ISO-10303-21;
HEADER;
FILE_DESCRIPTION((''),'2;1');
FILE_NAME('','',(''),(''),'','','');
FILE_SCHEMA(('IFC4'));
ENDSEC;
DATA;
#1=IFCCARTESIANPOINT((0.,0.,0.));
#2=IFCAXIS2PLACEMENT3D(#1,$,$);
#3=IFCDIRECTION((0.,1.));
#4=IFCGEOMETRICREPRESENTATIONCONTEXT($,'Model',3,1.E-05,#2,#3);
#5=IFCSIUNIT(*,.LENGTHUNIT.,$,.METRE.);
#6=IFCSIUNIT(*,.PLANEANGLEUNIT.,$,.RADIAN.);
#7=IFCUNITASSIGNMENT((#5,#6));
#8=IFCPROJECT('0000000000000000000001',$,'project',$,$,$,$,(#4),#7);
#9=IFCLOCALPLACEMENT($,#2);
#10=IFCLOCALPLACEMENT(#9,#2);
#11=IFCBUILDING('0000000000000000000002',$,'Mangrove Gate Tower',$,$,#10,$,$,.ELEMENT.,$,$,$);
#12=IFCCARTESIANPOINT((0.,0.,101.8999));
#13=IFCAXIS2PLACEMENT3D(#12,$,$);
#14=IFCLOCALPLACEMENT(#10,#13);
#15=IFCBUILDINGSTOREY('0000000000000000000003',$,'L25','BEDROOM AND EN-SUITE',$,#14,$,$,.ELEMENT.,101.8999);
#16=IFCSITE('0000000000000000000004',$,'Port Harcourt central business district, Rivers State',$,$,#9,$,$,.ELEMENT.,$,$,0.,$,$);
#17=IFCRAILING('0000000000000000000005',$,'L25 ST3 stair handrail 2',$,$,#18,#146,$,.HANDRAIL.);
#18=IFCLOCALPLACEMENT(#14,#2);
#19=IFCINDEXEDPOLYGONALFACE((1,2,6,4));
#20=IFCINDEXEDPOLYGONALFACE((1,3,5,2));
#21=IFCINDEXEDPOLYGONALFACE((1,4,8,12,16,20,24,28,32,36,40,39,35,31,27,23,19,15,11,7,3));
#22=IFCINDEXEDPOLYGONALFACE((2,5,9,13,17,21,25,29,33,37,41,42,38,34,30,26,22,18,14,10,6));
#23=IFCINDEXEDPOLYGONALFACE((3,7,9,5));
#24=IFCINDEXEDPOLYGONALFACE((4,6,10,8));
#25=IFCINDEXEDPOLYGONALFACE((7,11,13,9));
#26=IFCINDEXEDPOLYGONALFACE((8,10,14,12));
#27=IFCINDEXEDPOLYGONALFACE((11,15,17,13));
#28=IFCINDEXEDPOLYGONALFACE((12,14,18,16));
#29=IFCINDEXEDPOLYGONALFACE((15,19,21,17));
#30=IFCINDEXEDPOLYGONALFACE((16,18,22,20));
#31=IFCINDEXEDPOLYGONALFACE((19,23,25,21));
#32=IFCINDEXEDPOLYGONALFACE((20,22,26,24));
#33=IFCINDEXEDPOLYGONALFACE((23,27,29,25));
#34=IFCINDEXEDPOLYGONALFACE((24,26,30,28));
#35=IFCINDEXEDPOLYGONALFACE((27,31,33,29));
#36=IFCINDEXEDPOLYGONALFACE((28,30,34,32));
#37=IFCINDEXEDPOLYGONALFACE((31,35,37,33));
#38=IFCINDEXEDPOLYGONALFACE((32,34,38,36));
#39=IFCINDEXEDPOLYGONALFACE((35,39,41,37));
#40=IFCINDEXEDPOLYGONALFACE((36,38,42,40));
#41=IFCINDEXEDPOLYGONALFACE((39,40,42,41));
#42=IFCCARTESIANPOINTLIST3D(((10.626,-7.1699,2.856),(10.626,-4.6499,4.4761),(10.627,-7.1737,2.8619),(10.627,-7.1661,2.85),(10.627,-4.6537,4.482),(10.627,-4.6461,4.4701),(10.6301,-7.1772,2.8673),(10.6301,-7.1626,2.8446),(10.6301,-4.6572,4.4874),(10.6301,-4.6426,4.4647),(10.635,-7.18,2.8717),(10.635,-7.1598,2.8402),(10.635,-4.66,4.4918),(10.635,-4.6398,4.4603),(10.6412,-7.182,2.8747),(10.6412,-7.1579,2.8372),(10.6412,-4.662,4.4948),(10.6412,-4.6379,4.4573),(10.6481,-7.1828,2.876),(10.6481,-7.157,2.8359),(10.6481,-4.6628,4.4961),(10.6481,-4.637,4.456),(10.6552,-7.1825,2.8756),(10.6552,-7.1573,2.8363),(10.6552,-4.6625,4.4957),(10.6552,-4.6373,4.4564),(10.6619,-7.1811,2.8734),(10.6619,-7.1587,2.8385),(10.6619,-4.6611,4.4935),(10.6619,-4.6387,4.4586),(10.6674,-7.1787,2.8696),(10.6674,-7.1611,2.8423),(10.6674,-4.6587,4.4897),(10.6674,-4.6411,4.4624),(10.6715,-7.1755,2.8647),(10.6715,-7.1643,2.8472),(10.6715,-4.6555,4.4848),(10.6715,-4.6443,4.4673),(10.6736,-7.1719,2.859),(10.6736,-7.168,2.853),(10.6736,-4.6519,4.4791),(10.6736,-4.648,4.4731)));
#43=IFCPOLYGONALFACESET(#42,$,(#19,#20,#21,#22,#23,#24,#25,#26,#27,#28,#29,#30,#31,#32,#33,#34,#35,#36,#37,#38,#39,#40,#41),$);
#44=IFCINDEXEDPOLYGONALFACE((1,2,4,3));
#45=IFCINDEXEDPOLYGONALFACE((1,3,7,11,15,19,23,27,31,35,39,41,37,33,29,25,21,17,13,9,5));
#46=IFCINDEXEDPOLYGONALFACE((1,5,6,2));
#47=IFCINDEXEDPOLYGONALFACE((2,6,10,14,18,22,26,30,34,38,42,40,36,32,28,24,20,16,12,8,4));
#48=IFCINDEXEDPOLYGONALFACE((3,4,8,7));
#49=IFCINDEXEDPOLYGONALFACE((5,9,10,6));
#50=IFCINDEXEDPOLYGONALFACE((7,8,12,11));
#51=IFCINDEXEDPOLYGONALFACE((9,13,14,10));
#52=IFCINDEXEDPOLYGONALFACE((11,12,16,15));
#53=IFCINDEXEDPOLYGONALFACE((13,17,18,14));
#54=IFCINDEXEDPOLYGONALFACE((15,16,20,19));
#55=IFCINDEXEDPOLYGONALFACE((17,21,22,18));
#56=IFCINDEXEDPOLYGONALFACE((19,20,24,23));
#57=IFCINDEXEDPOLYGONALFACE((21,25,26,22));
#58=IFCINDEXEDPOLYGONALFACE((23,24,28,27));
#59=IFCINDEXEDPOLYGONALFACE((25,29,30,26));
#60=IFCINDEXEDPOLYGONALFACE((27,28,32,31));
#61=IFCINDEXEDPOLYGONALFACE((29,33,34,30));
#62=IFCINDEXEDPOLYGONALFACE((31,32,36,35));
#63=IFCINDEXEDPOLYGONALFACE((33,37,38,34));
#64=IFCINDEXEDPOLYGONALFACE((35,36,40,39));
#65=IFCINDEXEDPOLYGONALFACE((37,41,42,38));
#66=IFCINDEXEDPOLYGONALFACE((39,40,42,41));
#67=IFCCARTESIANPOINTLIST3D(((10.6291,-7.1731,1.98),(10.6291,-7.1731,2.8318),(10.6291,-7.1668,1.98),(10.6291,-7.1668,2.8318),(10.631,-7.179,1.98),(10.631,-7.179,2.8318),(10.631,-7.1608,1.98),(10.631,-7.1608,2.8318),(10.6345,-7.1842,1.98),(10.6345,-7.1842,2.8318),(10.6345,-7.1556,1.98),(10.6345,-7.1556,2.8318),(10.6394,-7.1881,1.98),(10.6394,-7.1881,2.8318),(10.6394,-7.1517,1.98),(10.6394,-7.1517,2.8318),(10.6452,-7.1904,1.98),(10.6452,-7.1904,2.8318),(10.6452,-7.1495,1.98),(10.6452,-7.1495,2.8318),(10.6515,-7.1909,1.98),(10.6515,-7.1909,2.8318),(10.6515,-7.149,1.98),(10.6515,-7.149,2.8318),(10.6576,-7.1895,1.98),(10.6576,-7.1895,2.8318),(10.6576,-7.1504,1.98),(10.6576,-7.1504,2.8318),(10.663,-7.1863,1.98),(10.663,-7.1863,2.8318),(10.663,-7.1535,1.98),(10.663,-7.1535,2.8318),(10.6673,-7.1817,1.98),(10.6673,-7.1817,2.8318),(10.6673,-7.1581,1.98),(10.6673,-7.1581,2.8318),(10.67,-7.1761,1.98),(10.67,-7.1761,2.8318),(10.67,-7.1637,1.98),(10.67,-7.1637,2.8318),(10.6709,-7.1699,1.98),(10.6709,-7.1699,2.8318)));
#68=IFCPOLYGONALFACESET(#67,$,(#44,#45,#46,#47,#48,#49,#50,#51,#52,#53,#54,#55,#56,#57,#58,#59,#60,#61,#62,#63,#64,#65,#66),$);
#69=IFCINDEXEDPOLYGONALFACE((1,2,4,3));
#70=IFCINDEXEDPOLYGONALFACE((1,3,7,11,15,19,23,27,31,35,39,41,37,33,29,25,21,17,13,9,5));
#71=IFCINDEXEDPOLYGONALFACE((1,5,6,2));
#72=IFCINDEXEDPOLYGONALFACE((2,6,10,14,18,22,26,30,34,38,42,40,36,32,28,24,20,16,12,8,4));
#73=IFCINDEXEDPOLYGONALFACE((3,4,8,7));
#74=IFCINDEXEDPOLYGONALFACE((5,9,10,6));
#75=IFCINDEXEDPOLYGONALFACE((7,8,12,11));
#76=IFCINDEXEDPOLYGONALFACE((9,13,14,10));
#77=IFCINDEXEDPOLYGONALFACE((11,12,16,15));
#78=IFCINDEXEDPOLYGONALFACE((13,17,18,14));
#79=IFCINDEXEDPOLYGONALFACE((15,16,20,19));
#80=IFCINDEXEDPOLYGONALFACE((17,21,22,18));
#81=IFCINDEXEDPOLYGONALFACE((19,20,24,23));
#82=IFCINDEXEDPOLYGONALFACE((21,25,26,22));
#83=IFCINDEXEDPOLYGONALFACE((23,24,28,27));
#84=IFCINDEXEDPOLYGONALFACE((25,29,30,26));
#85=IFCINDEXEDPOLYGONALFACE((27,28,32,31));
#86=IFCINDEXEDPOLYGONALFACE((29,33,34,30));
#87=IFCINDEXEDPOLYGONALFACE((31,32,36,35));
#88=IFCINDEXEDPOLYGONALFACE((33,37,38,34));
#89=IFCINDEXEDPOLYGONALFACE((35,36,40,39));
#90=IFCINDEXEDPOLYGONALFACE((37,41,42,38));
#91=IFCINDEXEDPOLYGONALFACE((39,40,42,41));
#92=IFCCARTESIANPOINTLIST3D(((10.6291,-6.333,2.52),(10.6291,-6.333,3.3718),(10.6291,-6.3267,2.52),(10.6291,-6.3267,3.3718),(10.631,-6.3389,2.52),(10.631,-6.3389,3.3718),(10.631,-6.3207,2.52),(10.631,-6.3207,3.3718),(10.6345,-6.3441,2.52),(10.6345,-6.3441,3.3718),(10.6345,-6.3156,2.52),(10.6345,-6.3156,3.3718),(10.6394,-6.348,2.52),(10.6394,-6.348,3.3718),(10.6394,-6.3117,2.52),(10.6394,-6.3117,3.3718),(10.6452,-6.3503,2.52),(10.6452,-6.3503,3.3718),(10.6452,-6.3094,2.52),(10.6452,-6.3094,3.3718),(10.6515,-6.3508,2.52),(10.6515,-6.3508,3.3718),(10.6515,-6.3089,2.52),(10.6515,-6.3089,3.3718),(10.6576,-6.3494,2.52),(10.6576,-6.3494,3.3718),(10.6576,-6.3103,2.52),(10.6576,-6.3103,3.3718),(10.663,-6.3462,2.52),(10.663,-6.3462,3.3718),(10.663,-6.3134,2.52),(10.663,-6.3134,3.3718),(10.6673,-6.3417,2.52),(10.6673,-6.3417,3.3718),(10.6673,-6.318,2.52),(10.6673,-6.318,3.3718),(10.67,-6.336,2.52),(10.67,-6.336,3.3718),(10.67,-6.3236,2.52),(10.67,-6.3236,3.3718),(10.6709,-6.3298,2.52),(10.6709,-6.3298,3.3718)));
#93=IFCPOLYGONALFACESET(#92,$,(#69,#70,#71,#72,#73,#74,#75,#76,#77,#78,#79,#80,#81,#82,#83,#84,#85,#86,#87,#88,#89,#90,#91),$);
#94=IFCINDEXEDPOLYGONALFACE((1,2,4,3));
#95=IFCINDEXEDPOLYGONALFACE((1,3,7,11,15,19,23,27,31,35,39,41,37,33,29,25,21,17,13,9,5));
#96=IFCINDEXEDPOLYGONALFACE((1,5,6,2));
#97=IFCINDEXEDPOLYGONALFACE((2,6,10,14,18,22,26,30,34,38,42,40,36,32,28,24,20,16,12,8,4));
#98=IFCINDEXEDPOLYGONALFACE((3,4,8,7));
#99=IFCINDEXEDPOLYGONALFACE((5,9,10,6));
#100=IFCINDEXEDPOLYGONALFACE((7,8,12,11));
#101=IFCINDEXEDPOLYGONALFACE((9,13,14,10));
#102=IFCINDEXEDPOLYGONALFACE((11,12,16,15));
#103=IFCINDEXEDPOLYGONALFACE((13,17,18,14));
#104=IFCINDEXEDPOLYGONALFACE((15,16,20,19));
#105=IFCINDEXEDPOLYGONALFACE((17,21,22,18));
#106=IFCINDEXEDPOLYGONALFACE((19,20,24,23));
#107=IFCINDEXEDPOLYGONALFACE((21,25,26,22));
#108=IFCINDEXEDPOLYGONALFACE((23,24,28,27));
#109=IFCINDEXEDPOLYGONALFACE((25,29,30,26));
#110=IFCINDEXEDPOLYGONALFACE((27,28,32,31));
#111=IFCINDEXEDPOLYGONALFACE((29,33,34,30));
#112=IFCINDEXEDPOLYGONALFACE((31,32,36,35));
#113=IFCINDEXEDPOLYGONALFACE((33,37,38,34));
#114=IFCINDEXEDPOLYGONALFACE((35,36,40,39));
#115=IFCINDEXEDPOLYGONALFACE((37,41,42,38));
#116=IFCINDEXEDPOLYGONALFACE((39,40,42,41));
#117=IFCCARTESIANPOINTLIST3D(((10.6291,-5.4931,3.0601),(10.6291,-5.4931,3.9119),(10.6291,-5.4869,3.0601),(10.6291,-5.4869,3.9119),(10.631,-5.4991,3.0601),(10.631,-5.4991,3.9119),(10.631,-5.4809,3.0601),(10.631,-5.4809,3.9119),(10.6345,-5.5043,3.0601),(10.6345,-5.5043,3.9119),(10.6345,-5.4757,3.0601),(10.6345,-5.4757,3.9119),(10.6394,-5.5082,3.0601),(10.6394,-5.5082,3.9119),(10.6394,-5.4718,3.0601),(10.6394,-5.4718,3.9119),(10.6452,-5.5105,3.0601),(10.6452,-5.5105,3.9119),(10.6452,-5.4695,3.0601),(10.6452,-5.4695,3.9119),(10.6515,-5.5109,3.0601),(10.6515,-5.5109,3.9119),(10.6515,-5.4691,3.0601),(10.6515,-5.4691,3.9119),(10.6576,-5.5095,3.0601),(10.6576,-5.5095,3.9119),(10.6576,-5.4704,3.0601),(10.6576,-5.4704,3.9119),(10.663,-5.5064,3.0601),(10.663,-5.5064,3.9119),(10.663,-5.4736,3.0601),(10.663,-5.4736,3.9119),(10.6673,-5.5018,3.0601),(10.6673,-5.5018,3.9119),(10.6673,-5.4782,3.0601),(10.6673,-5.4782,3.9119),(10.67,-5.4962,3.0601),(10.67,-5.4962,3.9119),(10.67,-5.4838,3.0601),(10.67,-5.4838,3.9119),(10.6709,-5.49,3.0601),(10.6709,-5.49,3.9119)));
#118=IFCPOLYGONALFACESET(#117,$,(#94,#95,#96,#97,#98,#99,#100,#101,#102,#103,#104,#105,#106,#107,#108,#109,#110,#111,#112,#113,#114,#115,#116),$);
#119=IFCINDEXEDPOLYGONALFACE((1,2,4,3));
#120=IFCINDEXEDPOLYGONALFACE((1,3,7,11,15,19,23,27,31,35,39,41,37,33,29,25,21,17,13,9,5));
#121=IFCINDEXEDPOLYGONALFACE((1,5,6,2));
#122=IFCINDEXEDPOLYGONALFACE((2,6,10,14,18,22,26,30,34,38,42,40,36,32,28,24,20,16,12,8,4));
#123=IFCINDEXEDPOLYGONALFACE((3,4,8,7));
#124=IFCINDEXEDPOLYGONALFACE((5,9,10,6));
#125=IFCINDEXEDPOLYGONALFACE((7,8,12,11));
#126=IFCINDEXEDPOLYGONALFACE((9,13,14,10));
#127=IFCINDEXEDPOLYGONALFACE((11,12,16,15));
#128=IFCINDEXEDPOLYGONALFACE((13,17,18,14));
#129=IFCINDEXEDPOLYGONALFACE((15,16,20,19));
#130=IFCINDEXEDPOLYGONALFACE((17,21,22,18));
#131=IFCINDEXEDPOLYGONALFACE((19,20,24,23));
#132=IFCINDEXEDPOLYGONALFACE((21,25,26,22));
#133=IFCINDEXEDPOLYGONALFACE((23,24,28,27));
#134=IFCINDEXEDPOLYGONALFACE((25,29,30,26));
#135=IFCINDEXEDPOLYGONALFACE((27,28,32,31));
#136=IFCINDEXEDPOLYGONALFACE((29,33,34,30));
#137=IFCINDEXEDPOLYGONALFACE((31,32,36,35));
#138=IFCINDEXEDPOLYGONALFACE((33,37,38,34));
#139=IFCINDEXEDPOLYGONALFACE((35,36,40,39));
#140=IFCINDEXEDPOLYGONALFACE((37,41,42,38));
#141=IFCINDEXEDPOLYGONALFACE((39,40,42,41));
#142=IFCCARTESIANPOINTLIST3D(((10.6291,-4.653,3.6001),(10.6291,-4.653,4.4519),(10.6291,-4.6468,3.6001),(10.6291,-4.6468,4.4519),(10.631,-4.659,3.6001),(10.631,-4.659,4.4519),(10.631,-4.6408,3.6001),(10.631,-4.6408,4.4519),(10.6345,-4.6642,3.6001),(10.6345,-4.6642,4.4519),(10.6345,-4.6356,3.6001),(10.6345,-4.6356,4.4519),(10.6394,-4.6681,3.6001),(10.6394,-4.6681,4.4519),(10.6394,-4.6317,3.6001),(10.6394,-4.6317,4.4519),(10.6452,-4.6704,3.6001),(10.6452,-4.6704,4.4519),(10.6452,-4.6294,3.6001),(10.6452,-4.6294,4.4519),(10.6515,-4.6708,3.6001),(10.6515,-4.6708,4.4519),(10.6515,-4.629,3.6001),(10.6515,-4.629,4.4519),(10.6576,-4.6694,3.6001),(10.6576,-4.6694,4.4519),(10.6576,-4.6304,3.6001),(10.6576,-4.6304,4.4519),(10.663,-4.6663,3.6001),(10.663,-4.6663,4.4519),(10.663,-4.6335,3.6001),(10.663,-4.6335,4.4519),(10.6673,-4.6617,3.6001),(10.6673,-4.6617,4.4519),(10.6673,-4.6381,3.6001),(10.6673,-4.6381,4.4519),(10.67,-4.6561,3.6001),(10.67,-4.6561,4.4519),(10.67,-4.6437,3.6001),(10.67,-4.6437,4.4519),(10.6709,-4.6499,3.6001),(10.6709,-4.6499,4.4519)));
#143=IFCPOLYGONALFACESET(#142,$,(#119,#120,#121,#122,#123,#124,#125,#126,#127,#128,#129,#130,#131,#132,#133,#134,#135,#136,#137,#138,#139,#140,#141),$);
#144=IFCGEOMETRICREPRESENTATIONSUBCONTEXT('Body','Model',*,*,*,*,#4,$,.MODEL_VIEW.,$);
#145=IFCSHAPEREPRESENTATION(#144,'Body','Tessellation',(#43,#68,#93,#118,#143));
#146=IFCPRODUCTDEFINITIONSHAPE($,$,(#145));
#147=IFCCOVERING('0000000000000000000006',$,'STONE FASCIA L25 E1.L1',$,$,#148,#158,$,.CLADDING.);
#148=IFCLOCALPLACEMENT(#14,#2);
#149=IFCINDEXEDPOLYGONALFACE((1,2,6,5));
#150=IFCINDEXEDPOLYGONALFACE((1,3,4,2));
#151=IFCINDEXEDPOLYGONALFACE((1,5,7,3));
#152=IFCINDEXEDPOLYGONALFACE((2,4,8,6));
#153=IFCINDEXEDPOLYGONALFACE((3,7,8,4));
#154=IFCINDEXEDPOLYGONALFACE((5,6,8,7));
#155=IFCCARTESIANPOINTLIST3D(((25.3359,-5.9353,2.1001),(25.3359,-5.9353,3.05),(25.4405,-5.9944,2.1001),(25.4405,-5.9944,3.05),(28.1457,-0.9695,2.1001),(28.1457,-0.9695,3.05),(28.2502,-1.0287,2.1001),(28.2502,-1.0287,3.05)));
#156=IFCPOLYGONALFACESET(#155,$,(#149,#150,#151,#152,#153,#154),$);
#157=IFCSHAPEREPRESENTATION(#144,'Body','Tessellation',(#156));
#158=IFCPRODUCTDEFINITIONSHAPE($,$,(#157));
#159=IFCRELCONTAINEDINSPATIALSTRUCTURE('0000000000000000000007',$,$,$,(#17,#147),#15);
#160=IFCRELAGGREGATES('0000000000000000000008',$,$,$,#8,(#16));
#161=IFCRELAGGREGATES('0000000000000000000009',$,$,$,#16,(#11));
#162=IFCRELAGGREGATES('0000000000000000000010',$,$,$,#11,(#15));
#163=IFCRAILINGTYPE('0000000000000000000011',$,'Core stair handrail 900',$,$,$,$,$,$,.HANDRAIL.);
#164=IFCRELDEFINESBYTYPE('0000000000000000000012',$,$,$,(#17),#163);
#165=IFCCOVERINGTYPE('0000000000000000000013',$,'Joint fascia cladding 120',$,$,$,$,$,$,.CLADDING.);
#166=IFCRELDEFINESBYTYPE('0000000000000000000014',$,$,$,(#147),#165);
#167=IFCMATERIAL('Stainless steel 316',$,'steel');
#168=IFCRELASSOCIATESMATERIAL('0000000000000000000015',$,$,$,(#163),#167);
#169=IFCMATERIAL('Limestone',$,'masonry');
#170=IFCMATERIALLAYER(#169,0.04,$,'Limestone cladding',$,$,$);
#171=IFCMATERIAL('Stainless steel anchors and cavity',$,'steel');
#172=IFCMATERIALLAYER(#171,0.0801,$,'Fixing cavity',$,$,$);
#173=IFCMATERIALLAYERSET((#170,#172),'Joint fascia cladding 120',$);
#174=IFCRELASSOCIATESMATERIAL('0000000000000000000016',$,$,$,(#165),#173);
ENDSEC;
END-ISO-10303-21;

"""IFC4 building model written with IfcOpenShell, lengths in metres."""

from ifc_helpers import new_model, si_unit, direction, frame, frame_2d, origin, origin_2d, place, context, subcontext, project, spatial, rectangle, circle, extrude, material, layer, layer_set, type_object, element, save


model = new_model("IFC4")

# Units and contexts
model_context = context("Model", 3, precision=1e-05, world=origin(), true_north=direction((0.0, 1.0)))
body_context = subcontext(model_context, "Body", "Model", "MODEL_VIEW")
ifc_project = project(units=[si_unit("LENGTHUNIT", "METRE"), si_unit("PLANEANGLEUNIT", "RADIAN")], contexts=[model_context])

# Site, building, storey
site_placement = place(None, origin())
site = spatial("IfcSite", under=ifc_project, at=site_placement, Name="Port Harcourt central business district, Rivers State", CompositionType="ELEMENT", RefElevation=0.0)
building_placement = place(site_placement, origin())
building = spatial("IfcBuilding", under=site, at=building_placement, Name="Mangrove Gate Tower", CompositionType="ELEMENT")
storey_placement = place(building_placement, frame((0.0, 0.0, 101.8999)))
storey = spatial("IfcBuildingStorey", under=building, at=storey_placement, Name="L25", Description="BEDROOM AND EN-SUITE", CompositionType="ELEMENT", Elevation=101.8999)

# Railing
ifc_material_1 = material(Name="Stainless steel 316", Category="steel")
railing_type_1 = type_object("IfcRailingType", Name="Core stair handrail 900", PredefinedType="HANDRAIL", material=ifc_material_1)
railing_1_placement = place(storey_placement, frame((10.6499, -7.1699, 1.98)))
element("IfcRailing", 1, at=railing_1_placement, inside=storey, type_object=railing_type_1, Name="L25 ST3 stair handrail 2", PredefinedType="HANDRAIL", context=body_context, shape_type="SweptSolid", body=[
    extrude(circle(Radius=0.0239, at=origin_2d()), frame((0.0, 0.0, 0.876), z_axis=(0.0, 0.841163, 0.540782), x_axis=(-1.0, 0.0, 0.0)), (0.0, 0.0, 1.0), 2.9958),
    extrude(circle(Radius=0.021, at=origin_2d()), origin(), (0.0, 0.0, 1.0), 0.8518),
    extrude(circle(Radius=0.021, at=origin_2d()), frame((0.0, 0.8401, 0.54)), (0.0, 0.0, 1.0), 0.8518),
    extrude(circle(Radius=0.021, at=origin_2d()), frame((0.0, 1.6799, 1.0801)), (0.0, 0.0, 1.0), 0.8518),
    extrude(circle(Radius=0.021, at=origin_2d()), frame((0.0, 2.52, 1.6201)), (0.0, 0.0, 1.0), 0.8518),
])

# Covering
ifc_material_2 = material(Name="Limestone", Category="masonry")
ifc_layer_1 = layer(ifc_material_2, 0.04, Name="Limestone cladding")
ifc_material_3 = material(Name="Stainless steel anchors and cavity", Category="steel")
ifc_layer_2 = layer(ifc_material_3, 0.0801, Name="Fixing cavity")
ifc_layer_set_1 = layer_set([ifc_layer_1, ifc_layer_2], Name="Joint fascia cladding 120")
covering_type = type_object("IfcCoveringType", Name="Joint fascia cladding 120", PredefinedType="CLADDING", material=ifc_layer_set_1)
covering_placement = place(storey_placement, frame((25.3882, -5.9648, 2.1001), z_axis=(0.0, 0.0, 1.0), x_axis=(0.492462, 0.870334, 0.0)))
element("IfcCovering", 2, at=covering_placement, inside=storey, type_object=covering_type, Name="STONE FASCIA L25 E1.L1", PredefinedType="CLADDING", context=body_context, shape_type="SweptSolid", body=[
    extrude(rectangle(XDim=5.7056, YDim=0.1201, at=frame_2d((2.8528, 0.0))), origin(), (0.0, 0.0, 1.0), 0.95),
])

save(model, "model.ifc")
